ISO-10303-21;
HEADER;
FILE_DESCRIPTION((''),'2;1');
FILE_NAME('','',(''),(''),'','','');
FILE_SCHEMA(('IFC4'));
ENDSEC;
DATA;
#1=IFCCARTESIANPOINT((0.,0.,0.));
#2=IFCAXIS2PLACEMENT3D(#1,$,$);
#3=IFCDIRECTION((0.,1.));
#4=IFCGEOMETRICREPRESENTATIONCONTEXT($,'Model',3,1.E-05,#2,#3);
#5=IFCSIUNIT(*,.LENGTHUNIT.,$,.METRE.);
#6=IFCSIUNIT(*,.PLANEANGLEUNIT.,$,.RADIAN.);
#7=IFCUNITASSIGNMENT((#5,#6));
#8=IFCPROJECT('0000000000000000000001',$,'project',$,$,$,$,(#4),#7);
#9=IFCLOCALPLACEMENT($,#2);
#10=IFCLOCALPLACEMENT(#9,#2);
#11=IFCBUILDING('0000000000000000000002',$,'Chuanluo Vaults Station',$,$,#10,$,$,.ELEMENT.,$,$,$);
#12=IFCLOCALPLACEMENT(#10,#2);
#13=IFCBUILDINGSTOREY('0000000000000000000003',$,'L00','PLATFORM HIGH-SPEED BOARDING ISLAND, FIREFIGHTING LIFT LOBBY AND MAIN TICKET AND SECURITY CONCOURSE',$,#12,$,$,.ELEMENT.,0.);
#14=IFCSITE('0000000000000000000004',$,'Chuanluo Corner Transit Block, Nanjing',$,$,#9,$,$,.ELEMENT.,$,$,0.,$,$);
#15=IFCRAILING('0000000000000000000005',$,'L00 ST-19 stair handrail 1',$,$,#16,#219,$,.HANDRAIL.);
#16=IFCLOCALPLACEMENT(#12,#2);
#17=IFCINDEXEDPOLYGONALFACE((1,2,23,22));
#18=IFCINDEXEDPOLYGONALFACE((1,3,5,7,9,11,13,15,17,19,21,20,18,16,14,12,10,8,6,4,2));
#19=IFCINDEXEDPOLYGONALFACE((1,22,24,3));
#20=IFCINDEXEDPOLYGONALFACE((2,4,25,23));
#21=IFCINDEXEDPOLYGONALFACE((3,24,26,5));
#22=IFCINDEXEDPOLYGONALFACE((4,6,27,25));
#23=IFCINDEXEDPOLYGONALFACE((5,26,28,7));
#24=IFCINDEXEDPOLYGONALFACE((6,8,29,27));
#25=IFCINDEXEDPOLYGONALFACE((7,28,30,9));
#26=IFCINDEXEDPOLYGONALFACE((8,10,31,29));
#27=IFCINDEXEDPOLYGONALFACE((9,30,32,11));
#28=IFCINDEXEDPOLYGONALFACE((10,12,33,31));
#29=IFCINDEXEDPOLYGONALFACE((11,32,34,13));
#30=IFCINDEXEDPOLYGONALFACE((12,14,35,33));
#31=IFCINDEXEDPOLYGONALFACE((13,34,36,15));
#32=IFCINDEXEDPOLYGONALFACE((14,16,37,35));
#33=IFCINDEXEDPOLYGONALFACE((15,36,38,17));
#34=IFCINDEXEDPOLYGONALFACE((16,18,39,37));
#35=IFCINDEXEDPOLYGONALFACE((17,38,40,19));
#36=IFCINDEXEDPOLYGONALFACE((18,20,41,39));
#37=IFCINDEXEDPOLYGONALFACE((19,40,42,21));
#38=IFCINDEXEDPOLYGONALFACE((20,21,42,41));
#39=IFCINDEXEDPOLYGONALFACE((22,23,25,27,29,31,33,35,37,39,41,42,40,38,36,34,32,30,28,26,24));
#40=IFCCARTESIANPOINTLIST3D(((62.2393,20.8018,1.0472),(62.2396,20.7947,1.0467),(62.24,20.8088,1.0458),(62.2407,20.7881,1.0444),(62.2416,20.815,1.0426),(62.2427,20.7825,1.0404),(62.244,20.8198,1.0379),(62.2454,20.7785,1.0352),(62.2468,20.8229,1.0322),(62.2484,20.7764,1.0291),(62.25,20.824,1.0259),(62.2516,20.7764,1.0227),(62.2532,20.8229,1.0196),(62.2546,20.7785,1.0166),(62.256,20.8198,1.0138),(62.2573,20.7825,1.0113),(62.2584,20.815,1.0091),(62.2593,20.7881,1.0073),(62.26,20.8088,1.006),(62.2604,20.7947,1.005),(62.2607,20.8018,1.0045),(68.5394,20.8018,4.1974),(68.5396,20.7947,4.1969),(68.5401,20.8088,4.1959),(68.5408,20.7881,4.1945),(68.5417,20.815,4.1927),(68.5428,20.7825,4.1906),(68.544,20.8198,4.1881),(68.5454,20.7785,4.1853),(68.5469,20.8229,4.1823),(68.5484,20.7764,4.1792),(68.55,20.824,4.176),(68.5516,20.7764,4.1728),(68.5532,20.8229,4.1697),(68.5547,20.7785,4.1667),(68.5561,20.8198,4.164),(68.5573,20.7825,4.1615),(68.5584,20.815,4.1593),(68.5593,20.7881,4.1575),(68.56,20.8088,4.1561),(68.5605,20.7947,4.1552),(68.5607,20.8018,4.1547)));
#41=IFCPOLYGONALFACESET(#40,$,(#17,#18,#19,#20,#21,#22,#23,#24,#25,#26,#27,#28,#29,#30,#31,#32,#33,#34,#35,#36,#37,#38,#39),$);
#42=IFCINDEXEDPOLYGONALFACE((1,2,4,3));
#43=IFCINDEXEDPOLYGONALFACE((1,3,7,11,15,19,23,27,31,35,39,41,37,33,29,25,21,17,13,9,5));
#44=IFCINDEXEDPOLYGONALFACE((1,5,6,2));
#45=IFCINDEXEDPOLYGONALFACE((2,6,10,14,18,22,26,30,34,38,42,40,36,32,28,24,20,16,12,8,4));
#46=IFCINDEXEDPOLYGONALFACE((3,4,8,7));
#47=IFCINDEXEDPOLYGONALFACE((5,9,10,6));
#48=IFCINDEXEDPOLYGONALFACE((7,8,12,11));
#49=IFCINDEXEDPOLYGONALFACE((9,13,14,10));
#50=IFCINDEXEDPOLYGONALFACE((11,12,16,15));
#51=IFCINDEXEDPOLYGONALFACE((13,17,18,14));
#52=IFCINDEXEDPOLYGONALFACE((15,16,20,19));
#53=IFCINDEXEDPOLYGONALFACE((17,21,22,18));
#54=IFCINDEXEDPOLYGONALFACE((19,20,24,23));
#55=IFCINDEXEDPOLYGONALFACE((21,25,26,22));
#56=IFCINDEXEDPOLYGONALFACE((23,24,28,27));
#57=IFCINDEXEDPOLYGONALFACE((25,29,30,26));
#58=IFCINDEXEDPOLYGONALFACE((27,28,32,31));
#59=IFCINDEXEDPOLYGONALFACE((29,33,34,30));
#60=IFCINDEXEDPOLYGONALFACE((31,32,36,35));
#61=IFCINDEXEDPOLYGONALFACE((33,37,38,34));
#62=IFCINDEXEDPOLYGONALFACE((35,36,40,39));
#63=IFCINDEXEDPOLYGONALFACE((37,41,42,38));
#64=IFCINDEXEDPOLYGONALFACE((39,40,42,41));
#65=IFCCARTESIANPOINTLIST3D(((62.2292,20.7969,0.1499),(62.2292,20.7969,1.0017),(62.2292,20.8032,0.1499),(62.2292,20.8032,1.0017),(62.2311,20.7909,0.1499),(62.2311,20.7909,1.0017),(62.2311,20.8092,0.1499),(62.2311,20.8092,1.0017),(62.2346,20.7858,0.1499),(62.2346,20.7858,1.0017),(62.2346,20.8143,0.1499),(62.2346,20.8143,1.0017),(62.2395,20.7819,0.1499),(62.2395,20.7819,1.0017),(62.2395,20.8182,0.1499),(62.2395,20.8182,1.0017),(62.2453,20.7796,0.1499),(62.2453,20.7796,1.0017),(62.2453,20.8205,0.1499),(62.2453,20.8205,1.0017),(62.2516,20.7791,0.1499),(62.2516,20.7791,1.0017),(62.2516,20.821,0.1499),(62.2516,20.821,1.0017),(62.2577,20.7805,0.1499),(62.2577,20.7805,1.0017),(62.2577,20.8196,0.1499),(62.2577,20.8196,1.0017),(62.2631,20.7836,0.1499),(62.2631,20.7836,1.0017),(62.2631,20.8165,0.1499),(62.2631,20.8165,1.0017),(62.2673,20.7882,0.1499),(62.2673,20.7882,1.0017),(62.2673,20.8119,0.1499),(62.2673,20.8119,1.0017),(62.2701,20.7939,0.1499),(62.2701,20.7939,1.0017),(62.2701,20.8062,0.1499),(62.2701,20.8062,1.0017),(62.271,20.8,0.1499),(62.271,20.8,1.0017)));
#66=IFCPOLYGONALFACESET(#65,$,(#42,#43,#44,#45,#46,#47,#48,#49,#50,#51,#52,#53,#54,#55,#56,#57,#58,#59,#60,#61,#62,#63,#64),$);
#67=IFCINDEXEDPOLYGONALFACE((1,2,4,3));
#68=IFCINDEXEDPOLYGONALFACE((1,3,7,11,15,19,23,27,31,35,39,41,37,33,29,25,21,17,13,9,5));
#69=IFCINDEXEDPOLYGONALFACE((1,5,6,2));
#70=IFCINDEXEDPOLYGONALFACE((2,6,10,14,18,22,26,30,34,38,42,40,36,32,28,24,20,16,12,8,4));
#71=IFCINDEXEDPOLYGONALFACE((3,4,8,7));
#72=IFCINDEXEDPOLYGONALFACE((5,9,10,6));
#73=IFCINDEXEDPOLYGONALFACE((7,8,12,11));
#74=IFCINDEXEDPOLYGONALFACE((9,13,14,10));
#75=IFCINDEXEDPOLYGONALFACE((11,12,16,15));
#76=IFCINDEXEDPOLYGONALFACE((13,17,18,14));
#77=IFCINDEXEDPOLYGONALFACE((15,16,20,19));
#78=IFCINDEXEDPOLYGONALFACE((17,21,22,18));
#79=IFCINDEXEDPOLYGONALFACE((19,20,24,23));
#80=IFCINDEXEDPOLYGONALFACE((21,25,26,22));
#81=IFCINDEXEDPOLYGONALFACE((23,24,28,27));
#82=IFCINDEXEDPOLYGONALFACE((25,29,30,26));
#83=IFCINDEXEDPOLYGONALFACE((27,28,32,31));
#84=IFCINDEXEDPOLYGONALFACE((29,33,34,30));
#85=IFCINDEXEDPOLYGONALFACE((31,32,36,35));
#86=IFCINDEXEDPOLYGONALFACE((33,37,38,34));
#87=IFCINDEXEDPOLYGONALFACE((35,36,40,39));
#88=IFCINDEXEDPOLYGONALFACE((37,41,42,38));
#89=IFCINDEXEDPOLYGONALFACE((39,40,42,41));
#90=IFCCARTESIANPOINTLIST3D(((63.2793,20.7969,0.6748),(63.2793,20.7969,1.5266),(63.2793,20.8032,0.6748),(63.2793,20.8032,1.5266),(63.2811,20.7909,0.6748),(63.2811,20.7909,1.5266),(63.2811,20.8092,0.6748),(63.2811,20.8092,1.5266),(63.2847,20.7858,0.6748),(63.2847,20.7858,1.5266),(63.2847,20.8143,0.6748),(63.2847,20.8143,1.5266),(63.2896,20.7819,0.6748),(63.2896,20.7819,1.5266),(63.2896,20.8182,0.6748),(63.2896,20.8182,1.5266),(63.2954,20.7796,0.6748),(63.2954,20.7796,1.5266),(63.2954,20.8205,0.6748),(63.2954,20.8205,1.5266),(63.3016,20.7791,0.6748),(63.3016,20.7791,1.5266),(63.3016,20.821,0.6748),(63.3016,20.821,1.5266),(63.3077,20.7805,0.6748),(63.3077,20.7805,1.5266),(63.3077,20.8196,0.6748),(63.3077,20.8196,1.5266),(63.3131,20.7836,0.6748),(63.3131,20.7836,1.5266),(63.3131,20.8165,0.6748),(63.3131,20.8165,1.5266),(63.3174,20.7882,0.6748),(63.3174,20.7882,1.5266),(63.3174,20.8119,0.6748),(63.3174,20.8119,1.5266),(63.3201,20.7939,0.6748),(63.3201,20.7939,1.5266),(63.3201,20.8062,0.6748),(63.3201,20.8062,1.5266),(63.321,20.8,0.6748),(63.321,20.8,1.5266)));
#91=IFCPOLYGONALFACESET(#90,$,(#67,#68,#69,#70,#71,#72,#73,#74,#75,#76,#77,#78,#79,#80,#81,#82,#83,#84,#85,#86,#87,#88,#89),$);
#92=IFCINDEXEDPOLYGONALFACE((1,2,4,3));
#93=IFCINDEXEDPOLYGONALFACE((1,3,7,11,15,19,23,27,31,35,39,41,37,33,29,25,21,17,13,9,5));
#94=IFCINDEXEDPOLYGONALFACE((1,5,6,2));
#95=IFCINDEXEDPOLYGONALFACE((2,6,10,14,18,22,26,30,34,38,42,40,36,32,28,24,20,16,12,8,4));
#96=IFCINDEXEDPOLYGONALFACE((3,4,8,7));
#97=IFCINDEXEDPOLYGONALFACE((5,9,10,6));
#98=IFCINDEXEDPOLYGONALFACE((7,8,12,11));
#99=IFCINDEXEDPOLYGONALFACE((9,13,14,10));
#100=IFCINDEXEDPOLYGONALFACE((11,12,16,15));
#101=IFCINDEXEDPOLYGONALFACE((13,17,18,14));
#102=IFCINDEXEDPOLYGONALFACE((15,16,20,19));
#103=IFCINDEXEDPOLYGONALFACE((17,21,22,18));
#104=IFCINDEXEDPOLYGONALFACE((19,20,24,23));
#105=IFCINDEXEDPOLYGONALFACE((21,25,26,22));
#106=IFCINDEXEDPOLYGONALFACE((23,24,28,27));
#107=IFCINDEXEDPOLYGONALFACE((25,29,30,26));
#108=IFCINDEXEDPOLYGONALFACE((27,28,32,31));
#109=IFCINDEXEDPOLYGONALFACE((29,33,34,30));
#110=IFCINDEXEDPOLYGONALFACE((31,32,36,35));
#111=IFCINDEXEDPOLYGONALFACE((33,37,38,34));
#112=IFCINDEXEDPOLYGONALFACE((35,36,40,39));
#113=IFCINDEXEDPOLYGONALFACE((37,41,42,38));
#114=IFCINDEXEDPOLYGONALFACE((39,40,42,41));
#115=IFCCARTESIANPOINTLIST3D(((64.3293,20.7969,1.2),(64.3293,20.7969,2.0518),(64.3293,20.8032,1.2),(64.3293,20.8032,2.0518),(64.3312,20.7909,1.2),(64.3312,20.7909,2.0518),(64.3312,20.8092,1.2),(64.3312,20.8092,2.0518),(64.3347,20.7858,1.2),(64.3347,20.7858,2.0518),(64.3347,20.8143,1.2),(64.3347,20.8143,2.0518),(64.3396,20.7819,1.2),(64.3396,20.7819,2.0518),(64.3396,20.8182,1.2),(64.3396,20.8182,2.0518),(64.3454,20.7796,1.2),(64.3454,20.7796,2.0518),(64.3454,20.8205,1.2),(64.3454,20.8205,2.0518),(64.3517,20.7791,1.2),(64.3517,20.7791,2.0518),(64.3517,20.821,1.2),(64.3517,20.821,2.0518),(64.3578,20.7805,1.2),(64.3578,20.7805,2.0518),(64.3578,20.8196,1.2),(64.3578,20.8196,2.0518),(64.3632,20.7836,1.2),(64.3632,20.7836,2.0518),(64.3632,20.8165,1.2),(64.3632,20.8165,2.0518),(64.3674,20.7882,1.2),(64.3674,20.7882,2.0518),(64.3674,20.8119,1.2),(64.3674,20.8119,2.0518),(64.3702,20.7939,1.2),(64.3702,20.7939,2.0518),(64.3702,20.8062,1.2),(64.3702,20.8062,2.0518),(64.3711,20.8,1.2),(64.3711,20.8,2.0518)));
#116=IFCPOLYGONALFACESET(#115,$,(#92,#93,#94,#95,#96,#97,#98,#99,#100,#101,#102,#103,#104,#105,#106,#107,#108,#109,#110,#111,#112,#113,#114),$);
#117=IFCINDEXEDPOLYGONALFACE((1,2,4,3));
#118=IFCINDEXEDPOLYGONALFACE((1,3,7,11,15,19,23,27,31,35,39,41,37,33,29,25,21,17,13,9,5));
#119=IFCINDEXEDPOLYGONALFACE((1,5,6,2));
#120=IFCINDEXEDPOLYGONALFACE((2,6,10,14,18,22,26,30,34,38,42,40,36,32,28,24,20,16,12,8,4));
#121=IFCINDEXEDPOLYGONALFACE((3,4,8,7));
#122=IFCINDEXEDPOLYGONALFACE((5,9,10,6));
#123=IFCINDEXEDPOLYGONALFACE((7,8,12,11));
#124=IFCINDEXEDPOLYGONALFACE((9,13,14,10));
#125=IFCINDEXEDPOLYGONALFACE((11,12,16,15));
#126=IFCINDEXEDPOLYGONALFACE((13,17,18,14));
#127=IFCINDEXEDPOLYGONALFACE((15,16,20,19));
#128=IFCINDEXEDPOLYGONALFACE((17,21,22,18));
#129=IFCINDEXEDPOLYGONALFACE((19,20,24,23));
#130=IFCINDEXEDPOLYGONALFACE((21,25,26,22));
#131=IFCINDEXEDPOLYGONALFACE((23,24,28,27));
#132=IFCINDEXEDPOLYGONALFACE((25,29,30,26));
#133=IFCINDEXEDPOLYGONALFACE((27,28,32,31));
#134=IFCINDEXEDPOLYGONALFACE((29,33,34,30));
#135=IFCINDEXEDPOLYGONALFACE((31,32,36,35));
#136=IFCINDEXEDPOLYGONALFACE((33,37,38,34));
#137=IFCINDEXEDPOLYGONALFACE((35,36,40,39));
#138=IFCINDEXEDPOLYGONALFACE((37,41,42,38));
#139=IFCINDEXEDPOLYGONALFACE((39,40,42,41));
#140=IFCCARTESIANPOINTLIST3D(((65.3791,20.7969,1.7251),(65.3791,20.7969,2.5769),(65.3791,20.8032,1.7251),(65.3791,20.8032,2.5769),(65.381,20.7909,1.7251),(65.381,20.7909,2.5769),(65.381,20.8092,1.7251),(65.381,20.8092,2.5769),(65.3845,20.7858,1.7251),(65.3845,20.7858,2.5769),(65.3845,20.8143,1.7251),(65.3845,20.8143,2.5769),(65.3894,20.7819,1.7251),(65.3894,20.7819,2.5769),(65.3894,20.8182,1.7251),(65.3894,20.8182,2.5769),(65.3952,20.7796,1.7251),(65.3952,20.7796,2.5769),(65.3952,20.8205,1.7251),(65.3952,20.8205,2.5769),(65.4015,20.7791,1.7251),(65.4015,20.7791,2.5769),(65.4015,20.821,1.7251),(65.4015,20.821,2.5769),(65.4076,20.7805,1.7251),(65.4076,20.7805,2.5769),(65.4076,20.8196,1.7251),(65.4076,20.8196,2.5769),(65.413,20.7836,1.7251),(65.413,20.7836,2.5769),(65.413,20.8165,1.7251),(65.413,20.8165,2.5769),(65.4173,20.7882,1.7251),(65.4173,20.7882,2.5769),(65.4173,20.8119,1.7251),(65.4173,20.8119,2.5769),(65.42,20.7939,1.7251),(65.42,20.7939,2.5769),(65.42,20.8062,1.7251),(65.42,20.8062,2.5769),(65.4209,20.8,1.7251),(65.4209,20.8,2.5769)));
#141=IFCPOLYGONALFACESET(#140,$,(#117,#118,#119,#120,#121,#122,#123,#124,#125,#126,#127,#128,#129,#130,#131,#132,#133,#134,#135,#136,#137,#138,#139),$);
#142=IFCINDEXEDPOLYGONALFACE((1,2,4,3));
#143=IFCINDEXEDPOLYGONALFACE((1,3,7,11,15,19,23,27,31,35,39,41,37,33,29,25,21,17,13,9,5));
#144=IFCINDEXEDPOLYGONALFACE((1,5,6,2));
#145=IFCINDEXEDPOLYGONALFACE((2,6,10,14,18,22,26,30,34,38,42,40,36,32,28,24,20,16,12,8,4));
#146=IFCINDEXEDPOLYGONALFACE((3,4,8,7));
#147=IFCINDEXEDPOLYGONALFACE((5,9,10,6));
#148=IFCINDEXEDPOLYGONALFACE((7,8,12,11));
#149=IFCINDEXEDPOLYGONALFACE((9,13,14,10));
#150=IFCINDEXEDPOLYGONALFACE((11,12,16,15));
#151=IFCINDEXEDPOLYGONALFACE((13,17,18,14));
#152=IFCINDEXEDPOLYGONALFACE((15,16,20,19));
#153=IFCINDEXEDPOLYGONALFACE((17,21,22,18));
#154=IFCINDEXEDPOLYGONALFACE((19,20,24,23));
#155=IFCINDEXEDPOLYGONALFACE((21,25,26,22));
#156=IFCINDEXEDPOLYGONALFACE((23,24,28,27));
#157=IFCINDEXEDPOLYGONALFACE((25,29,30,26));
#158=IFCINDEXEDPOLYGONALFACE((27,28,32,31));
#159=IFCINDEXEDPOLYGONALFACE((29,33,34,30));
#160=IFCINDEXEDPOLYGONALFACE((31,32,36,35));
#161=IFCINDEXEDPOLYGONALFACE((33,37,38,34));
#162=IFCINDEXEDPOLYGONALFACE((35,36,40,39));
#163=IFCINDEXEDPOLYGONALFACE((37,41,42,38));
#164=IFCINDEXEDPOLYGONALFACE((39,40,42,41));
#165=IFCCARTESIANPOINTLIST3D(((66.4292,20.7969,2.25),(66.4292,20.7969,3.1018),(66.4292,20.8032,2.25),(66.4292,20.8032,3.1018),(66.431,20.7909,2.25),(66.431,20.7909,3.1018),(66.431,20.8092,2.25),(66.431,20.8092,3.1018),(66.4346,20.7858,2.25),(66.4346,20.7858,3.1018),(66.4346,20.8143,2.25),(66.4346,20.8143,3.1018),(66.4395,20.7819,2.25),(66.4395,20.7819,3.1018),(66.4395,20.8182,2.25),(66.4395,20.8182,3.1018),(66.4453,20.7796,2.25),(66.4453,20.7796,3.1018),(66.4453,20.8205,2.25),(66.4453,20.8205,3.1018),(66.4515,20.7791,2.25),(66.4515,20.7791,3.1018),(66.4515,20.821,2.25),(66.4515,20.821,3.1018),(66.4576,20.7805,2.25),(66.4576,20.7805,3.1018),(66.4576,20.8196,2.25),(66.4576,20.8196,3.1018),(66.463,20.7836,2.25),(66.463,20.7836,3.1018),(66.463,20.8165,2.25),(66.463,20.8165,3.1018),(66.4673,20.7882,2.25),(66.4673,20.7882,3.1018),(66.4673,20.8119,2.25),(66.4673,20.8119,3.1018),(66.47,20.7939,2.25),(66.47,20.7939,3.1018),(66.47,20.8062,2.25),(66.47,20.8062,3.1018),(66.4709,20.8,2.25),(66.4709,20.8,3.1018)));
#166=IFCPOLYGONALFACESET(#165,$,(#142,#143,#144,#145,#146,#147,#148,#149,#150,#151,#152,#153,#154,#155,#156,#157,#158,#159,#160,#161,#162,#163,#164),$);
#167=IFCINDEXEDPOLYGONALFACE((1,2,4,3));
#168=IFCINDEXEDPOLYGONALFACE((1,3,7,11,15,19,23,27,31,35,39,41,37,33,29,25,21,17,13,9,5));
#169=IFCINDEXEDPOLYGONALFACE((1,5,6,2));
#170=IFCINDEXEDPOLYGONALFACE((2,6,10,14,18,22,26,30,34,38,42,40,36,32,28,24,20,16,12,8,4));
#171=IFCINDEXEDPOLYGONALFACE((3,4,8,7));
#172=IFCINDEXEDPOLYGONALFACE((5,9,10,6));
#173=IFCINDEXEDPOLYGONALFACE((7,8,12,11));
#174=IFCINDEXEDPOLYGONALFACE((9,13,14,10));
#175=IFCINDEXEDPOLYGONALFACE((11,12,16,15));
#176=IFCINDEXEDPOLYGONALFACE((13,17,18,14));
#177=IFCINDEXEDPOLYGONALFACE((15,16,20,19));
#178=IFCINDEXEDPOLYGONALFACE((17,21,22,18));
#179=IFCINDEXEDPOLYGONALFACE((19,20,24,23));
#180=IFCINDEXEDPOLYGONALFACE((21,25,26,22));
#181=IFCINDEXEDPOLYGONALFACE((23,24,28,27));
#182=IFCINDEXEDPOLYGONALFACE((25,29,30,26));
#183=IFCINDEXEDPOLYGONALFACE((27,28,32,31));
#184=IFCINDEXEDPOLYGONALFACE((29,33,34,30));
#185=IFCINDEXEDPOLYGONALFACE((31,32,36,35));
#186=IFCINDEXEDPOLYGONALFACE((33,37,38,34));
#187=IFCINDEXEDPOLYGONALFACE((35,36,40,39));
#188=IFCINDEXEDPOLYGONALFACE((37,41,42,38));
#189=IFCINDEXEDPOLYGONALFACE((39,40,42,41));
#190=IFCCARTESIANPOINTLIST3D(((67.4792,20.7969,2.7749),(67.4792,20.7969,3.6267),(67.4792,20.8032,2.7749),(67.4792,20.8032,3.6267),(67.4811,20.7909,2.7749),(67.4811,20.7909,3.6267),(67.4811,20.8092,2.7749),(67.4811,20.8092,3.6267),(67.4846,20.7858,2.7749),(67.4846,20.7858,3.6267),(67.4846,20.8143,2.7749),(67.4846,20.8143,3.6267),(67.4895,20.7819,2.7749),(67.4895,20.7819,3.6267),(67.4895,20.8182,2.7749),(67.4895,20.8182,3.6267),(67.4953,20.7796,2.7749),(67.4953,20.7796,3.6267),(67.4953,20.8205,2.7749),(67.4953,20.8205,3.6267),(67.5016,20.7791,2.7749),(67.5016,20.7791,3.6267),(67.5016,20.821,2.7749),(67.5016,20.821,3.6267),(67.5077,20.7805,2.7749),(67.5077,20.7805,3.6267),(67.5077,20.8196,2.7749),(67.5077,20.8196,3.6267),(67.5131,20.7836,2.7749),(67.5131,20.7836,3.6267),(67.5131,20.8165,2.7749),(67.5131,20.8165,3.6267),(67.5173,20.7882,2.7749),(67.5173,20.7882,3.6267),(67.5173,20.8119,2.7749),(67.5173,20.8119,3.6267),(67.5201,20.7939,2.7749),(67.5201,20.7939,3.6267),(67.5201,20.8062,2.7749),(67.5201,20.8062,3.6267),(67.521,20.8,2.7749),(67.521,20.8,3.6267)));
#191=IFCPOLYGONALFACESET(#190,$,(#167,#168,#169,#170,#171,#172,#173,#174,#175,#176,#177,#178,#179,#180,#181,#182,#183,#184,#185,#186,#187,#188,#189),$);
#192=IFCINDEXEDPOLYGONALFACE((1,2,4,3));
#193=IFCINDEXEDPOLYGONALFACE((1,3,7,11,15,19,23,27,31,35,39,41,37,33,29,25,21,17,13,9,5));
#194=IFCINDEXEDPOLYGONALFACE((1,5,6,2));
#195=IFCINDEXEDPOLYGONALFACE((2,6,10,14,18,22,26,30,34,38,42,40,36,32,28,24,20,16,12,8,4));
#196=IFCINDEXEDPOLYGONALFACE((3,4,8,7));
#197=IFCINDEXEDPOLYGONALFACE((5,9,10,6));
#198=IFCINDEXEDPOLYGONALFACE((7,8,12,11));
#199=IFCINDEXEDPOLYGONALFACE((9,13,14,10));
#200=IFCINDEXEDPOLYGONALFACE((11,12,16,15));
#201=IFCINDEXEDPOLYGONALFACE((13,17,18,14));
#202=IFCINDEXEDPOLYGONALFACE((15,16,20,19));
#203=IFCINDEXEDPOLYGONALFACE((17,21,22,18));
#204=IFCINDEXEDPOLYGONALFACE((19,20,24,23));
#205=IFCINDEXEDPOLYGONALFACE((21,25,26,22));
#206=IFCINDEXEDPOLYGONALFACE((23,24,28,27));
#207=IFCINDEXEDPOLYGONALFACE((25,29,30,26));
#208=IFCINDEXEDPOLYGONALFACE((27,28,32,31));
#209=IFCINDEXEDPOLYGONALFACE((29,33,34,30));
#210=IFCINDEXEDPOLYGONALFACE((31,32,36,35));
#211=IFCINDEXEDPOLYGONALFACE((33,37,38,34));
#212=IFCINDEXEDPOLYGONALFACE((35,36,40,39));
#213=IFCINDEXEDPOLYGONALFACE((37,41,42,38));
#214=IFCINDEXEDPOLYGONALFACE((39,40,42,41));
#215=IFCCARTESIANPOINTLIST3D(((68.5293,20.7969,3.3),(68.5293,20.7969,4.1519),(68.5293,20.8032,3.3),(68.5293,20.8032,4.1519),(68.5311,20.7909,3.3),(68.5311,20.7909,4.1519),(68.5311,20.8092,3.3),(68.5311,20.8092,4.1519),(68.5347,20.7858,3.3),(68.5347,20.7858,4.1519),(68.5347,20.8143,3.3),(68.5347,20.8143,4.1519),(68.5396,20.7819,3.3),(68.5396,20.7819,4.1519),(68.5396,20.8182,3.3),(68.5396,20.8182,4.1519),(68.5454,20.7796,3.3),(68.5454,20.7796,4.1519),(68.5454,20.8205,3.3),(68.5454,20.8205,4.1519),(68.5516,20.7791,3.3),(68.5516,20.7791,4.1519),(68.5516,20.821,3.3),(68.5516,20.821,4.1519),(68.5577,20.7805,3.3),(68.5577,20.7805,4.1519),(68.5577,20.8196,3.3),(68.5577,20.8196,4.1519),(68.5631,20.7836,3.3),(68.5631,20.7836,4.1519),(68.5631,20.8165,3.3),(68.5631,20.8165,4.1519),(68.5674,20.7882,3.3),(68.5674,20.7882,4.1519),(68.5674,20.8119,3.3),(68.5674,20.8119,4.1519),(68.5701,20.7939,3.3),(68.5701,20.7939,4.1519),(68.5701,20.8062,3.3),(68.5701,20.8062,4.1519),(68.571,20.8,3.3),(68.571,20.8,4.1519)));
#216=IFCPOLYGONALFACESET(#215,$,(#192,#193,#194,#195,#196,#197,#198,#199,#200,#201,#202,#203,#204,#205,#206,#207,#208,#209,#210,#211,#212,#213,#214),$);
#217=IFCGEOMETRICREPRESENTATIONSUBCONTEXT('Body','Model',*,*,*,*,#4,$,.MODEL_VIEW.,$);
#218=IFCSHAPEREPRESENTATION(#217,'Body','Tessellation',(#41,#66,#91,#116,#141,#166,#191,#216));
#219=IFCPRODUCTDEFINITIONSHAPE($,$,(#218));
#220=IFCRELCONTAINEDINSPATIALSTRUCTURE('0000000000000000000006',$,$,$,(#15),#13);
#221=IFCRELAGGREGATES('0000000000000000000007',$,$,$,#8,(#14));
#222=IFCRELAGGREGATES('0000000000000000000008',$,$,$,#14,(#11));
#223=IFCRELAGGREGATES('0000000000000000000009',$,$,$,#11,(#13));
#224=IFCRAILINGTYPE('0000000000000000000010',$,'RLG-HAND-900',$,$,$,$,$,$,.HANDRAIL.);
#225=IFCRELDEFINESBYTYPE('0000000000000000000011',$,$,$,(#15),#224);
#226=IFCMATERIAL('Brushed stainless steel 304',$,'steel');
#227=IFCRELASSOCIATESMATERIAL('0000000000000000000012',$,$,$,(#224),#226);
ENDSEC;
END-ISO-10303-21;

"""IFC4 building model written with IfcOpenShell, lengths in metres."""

from ifc_helpers import new_model, si_unit, direction, frame, origin, origin_2d, place, context, subcontext, project, spatial, circle, extrude, material, type_object, element, save


model = new_model("IFC4")

# Units and contexts
model_context = context("Model", 3, precision=1e-05, world=origin(), true_north=direction((0.0, 1.0)))
body_context = subcontext(model_context, "Body", "Model", "MODEL_VIEW")
ifc_project = project(units=[si_unit("LENGTHUNIT", "METRE"), si_unit("PLANEANGLEUNIT", "RADIAN")], contexts=[model_context])

# Site, building, storey
site_placement = place(None, origin())
site = spatial("IfcSite", under=ifc_project, at=site_placement, Name="Chuanluo Corner Transit Block, Nanjing", CompositionType="ELEMENT", RefElevation=0.0)
building_placement = place(site_placement, origin())
building = spatial("IfcBuilding", under=site, at=building_placement, Name="Chuanluo Vaults Station", CompositionType="ELEMENT")
storey_placement = place(building_placement, origin())
storey = spatial("IfcBuildingStorey", under=building, at=storey_placement, Name="L00", Description="PLATFORM HIGH-SPEED BOARDING ISLAND, FIREFIGHTING LIFT LOBBY AND MAIN TICKET AND SECURITY CONCOURSE", CompositionType="ELEMENT", Elevation=0.0)

# Railing
ifc_material_1 = material(Name="Brushed stainless steel 304", Category="steel")
railing_type_1 = type_object("IfcRailingType", Name="RLG-HAND-900", PredefinedType="HANDRAIL", material=ifc_material_1)
railing_1_placement = place(storey_placement, frame((62.25, 20.8, 0.1499)))
element("IfcRailing", 1, at=railing_1_placement, inside=storey, type_object=railing_type_1, Name="L00 ST-19 stair handrail 1", PredefinedType="HANDRAIL", context=body_context, shape_type="SweptSolid", body=[
    extrude(circle(Radius=0.0239, at=origin_2d()), frame((0.0, 0.0, 0.876), z_axis=(0.89442, 0.0, 0.447227), x_axis=(0.0, 1.0, 0.0)), (0.0, 0.0, 1.0), 7.0437),
    extrude(circle(Radius=0.021, at=origin_2d()), origin(), (0.0, 0.0, 1.0), 0.8518),
    extrude(circle(Radius=0.021, at=origin_2d()), frame((1.05, 0.0, 0.5249)), (0.0, 0.0, 1.0), 0.8518),
    extrude(circle(Radius=0.021, at=origin_2d()), frame((2.1001, 0.0, 1.05)), (0.0, 0.0, 1.0), 0.8518),
    extrude(circle(Radius=0.021, at=origin_2d()), frame((3.1499, 0.0, 1.5752)), (0.0, 0.0, 1.0), 0.8518),
    extrude(circle(Radius=0.021, at=origin_2d()), frame((4.2, 0.0, 2.1001)), (0.0, 0.0, 1.0), 0.8518),
    extrude(circle(Radius=0.021, at=origin_2d()), frame((5.25, 0.0, 2.625)), (0.0, 0.0, 1.0), 0.8518),
    extrude(circle(Radius=0.021, at=origin_2d()), frame((6.3, 0.0, 3.1501)), (0.0, 0.0, 1.0), 0.8518),
])

save(model, "model.ifc")
